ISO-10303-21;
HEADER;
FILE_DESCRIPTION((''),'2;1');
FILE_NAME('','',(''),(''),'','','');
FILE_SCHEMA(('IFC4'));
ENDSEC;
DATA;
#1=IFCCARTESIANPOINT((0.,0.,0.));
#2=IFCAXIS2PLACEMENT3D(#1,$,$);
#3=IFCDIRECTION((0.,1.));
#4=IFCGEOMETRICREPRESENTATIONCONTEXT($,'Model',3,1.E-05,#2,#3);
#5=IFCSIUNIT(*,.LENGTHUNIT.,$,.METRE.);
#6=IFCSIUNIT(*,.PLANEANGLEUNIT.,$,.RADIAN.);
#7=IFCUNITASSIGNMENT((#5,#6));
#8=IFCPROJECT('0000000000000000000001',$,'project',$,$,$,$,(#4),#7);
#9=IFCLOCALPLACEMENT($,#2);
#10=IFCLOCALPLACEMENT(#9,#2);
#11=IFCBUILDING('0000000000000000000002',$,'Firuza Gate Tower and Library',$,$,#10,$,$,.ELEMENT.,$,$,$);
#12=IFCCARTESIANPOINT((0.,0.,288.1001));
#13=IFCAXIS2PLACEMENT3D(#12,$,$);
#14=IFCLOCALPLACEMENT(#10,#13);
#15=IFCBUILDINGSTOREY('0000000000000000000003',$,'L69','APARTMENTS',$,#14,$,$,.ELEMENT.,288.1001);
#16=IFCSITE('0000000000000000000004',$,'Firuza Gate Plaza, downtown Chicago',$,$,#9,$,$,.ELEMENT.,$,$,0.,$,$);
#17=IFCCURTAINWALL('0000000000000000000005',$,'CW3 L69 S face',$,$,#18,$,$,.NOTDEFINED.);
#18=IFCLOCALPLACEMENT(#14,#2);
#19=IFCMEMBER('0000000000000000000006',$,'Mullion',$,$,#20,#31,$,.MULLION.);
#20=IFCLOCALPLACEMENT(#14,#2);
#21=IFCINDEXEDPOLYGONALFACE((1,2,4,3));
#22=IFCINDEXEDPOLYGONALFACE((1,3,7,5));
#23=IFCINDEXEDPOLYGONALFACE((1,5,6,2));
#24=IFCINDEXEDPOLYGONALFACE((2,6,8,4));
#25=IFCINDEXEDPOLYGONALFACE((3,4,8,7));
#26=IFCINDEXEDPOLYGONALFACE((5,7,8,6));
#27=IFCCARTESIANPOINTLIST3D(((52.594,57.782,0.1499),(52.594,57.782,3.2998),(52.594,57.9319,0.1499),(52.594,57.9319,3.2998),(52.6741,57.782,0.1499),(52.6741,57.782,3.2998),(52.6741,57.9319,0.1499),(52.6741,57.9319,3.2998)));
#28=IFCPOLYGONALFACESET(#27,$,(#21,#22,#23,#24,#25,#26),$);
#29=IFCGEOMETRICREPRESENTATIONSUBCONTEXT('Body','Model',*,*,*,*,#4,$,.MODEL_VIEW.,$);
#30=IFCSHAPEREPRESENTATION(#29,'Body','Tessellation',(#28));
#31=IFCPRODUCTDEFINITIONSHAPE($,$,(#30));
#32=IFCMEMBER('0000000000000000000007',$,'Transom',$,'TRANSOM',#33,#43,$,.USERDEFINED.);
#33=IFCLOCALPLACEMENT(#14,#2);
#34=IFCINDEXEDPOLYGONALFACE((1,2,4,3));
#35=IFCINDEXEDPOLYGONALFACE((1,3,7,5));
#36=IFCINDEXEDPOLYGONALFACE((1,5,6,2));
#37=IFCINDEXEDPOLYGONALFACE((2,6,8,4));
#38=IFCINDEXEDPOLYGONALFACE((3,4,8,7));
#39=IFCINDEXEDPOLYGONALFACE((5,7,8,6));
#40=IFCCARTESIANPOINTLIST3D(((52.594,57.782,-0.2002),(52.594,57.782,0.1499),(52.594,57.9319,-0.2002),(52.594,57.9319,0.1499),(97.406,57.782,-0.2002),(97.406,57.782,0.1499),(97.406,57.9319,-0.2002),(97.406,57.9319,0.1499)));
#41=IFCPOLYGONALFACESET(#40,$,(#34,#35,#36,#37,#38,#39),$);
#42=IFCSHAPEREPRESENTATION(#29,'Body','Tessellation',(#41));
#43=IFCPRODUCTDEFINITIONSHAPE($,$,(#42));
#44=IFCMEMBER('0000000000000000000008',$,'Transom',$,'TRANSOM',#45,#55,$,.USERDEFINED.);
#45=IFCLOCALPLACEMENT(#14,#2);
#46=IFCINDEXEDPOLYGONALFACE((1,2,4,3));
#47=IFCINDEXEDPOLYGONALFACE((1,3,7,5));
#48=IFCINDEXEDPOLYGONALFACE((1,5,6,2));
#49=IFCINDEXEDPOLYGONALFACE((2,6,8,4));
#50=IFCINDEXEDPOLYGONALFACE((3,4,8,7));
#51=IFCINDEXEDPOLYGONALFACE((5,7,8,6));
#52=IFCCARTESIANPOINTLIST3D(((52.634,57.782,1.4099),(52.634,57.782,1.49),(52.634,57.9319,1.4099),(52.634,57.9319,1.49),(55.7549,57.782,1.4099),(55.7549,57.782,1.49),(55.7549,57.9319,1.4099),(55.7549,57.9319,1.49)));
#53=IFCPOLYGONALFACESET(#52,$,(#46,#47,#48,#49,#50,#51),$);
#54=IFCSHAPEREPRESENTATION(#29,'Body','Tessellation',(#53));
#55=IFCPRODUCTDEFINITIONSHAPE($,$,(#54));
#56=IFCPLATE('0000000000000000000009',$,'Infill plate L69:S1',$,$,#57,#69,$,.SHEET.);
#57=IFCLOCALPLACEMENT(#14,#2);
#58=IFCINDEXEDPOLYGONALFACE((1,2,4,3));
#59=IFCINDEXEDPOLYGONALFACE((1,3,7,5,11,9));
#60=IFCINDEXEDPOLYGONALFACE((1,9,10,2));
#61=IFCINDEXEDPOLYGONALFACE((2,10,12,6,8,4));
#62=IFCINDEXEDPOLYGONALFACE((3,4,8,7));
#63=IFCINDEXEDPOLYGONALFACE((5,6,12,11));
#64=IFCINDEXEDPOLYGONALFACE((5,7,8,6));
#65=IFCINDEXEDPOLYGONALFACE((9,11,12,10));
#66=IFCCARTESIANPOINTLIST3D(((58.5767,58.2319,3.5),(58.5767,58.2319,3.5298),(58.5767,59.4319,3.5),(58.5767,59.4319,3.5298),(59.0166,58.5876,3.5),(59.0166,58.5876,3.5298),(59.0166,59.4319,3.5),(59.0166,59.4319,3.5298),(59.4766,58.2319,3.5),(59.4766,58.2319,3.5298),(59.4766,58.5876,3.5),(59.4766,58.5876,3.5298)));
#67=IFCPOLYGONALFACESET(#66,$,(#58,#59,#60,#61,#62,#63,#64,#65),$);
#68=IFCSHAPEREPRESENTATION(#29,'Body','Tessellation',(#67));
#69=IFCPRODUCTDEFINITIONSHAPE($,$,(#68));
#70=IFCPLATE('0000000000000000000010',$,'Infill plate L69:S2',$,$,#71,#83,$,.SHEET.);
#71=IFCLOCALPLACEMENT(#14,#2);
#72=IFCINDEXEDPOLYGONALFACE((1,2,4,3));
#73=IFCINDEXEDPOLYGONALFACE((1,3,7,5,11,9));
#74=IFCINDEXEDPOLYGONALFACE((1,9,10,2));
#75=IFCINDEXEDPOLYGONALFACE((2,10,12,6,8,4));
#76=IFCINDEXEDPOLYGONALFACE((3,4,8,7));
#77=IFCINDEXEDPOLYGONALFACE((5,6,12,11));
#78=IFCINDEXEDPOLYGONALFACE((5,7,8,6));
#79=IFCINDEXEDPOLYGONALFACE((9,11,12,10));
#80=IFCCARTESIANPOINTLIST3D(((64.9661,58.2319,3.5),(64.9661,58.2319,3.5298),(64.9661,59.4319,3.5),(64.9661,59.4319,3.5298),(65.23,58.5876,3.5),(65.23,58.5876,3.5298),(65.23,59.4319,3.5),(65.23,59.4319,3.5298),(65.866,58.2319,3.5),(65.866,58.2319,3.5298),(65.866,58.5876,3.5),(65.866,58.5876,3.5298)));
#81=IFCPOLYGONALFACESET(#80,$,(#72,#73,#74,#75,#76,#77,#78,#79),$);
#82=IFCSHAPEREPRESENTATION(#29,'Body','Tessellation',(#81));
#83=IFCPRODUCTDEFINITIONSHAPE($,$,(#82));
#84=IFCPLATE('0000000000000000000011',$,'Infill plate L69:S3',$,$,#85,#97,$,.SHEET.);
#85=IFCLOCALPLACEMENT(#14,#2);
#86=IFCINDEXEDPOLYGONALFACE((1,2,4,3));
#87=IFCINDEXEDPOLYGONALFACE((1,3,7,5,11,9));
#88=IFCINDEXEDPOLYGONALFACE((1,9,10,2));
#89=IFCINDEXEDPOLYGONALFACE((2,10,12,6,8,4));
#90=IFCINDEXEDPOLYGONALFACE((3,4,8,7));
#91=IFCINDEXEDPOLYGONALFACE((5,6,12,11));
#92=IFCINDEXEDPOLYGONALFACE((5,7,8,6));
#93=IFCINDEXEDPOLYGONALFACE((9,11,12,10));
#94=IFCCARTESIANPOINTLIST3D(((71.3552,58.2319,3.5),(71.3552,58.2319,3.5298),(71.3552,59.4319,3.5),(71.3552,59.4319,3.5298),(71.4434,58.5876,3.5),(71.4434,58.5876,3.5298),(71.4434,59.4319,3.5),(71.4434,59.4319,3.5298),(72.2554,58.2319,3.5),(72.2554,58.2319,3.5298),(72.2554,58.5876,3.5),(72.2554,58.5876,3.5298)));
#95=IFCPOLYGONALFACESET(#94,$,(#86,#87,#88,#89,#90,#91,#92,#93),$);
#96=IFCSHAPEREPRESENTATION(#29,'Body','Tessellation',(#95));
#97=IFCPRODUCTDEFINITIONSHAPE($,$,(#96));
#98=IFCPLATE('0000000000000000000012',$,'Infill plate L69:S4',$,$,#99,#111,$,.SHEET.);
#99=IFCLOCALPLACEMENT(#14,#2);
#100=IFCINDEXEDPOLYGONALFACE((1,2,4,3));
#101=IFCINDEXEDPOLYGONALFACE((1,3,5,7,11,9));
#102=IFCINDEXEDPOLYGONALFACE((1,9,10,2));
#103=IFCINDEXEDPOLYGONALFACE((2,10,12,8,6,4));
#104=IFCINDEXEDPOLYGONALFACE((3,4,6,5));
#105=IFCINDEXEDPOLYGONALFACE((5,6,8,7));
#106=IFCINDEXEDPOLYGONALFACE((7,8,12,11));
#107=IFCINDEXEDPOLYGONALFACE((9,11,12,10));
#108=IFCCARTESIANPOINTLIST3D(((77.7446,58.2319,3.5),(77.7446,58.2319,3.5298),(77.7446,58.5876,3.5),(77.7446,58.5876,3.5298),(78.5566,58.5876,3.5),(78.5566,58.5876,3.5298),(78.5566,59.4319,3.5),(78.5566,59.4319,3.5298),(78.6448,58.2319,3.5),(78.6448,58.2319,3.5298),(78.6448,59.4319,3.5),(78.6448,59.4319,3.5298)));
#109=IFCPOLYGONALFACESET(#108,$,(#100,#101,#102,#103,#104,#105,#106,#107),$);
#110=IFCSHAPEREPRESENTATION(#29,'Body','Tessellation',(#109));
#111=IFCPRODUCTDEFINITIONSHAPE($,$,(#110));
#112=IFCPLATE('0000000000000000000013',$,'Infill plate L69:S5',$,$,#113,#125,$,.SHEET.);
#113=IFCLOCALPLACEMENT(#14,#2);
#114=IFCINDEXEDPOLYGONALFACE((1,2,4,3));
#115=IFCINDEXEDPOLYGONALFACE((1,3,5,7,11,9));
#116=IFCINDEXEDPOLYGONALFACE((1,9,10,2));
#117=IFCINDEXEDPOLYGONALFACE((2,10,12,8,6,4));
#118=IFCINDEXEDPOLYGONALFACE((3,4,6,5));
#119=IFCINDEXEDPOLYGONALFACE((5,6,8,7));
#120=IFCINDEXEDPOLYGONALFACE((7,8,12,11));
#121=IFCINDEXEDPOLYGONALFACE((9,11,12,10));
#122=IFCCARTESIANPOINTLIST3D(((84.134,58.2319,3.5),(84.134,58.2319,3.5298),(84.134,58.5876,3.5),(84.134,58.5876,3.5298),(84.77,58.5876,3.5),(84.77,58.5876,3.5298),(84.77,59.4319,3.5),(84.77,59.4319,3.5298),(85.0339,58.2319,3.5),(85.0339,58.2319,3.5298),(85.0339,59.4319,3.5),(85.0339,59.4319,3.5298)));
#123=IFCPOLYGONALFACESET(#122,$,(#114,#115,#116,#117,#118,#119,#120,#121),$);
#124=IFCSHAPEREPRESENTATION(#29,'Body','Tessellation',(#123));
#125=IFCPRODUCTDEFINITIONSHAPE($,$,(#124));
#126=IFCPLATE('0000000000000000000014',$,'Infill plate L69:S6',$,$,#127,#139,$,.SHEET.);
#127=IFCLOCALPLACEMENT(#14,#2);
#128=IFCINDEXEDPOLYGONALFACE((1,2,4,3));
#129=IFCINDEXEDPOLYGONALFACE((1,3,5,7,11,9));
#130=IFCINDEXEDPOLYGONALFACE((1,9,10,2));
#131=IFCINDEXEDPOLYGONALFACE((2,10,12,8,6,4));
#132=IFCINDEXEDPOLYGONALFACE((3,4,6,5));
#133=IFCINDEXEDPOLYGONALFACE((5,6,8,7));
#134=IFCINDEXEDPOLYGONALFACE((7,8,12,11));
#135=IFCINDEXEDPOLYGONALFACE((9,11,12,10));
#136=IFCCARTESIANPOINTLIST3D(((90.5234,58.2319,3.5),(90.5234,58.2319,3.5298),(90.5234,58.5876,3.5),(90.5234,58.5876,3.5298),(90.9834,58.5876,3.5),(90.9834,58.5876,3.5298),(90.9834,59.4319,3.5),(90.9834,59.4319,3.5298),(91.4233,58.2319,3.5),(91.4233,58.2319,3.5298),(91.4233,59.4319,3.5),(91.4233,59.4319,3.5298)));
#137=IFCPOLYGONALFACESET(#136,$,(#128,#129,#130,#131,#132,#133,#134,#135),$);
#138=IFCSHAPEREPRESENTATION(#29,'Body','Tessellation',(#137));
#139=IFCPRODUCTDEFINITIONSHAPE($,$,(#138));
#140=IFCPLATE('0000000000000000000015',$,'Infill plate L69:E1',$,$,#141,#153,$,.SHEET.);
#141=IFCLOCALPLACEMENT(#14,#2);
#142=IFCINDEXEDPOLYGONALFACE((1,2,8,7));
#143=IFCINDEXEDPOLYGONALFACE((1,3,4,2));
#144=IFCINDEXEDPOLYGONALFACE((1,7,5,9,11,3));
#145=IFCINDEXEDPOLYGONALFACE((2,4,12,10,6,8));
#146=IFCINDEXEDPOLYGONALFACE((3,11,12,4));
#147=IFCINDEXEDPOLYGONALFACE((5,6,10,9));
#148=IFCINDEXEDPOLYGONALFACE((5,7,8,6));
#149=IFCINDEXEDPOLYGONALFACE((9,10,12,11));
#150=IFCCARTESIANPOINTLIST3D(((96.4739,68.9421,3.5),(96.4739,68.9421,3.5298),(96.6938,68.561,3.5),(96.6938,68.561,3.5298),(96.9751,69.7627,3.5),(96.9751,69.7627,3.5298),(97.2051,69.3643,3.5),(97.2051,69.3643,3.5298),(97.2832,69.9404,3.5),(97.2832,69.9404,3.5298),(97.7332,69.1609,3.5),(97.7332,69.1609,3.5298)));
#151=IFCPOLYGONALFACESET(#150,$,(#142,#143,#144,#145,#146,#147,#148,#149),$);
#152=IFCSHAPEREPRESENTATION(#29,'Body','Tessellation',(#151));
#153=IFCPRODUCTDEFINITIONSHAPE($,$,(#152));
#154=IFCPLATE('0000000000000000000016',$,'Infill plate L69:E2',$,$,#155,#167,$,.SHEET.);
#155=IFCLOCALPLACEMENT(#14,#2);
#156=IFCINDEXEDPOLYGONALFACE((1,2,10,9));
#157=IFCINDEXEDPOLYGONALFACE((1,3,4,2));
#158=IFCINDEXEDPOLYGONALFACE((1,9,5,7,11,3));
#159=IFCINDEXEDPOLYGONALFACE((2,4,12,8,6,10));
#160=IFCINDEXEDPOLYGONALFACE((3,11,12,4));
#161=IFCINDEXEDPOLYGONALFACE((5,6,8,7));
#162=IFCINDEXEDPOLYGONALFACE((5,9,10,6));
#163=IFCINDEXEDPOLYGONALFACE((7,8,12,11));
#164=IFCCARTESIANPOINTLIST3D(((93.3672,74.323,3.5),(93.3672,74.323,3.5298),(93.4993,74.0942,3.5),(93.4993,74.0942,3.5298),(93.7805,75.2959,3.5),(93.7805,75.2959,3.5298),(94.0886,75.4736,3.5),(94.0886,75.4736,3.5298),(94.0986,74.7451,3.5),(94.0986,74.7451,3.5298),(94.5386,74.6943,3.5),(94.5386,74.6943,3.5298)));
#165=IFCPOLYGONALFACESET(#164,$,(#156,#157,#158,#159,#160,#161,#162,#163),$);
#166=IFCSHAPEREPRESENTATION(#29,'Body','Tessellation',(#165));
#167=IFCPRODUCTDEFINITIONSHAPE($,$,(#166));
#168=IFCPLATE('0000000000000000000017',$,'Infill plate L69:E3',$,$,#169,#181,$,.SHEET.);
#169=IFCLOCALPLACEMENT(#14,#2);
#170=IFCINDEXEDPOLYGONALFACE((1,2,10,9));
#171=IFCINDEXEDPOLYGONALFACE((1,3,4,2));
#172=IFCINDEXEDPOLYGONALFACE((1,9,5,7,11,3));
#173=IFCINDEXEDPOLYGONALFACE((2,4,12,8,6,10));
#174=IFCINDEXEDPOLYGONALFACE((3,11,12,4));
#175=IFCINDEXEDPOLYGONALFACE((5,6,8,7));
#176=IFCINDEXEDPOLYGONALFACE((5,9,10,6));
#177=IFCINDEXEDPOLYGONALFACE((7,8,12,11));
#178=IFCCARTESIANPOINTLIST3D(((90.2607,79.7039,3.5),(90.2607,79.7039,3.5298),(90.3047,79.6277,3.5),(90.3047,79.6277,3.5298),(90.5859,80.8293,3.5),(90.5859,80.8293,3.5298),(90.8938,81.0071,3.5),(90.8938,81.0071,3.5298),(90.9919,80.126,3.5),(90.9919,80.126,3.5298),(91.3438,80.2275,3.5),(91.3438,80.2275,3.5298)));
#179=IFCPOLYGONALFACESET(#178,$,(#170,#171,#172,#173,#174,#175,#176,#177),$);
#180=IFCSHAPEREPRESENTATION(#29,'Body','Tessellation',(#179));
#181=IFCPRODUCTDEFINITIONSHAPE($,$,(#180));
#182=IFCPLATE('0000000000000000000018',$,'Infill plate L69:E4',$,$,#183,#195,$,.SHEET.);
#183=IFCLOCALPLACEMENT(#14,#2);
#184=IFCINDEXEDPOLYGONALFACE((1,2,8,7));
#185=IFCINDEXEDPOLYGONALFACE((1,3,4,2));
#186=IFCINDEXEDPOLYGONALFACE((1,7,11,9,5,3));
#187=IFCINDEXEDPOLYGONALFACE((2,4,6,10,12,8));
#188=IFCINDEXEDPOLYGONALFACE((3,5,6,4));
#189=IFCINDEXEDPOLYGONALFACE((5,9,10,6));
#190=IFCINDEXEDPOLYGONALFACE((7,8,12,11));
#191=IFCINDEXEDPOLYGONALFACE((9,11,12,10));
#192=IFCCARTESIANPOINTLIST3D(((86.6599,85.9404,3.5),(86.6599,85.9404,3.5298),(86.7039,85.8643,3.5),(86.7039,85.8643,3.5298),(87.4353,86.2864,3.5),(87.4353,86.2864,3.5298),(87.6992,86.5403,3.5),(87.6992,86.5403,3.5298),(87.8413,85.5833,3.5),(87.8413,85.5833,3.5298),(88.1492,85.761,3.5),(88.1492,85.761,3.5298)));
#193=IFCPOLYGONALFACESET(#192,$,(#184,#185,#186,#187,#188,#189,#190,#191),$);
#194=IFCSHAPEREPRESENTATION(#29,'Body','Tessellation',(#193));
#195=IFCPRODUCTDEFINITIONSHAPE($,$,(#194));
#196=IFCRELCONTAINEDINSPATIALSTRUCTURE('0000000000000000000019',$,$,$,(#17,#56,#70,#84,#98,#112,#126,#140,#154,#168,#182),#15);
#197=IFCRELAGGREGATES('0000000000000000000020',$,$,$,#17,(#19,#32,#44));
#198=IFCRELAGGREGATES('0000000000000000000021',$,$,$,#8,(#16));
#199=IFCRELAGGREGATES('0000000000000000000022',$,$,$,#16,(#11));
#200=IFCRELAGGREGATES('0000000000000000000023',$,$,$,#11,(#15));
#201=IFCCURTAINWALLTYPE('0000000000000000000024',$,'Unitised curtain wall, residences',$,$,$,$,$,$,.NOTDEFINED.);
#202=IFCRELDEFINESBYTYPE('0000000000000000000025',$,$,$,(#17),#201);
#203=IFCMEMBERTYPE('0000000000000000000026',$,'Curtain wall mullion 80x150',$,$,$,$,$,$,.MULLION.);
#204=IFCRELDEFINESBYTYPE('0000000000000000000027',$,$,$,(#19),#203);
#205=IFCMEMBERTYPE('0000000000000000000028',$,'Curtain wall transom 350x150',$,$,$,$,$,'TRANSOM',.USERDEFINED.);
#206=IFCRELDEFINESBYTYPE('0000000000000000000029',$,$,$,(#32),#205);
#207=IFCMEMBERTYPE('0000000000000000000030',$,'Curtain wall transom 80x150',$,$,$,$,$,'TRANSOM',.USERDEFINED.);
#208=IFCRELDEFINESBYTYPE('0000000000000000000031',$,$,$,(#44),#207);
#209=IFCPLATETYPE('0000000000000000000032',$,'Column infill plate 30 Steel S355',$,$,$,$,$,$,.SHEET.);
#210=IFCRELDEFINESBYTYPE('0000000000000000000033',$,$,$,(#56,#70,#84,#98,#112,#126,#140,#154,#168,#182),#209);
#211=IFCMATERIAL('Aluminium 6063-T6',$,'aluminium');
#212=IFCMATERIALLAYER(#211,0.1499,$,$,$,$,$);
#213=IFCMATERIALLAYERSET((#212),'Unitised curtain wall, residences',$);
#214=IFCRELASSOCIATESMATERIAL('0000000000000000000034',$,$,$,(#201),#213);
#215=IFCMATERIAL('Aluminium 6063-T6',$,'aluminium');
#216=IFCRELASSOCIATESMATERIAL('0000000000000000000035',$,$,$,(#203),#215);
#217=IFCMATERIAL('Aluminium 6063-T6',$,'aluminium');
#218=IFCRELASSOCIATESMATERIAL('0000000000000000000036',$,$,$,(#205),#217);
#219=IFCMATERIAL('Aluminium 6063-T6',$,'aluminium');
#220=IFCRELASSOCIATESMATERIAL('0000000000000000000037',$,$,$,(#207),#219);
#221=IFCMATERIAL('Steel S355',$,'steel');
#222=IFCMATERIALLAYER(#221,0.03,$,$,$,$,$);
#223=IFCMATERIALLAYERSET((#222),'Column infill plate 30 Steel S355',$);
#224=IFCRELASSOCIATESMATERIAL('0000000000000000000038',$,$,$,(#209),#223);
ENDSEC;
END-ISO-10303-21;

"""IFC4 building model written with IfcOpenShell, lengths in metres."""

from ifc_helpers import new_model, si_unit, direction, frame, origin, origin_2d, place, context, subcontext, project, spatial, polyline, rectangle, outline, extrude, material, layer, layer_set, material_profile, profile_set, type_object, element, aggregate, save


model = new_model("IFC4")

# Units and contexts
model_context = context("Model", 3, precision=1e-05, world=origin(), true_north=direction((0.0, 1.0)))
body_context = subcontext(model_context, "Body", "Model", "MODEL_VIEW")
ifc_project = project(units=[si_unit("LENGTHUNIT", "METRE"), si_unit("PLANEANGLEUNIT", "RADIAN")], contexts=[model_context])

# Site, building, storey
site_placement = place(None, origin())
site = spatial("IfcSite", under=ifc_project, at=site_placement, Name="Firuza Gate Plaza, downtown Chicago", CompositionType="ELEMENT", RefElevation=0.0)
building_placement = place(site_placement, origin())
building = spatial("IfcBuilding", under=site, at=building_placement, Name="Firuza Gate Tower and Library", CompositionType="ELEMENT")
storey_placement = place(building_placement, frame((0.0, 0.0, 288.1001)))
storey = spatial("IfcBuildingStorey", under=building, at=storey_placement, Name="L69", Description="APARTMENTS", CompositionType="ELEMENT", Elevation=288.1001)

# Curtain wall, members
ifc_material_1 = material(Name="Aluminium 6063-T6", Category="aluminium")
ifc_layer_1 = layer(ifc_material_1, 0.1499)
ifc_layer_set_1 = layer_set([ifc_layer_1], Name="Unitised curtain wall, residences")
curtain_wall_type = type_object("IfcCurtainWallType", Name="Unitised curtain wall, residences", PredefinedType="NOTDEFINED", material=ifc_layer_set_1)
placement_1 = place(storey_placement, origin())
curtain_wall = element("IfcCurtainWall", 1, at=placement_1, inside=storey, type_object=curtain_wall_type, Name="CW3 L69 S face", PredefinedType="NOTDEFINED")
ifc_material_2 = material(Name="Aluminium 6063-T6", Category="aluminium")
ifc_material_profile_1 = material_profile(ifc_material_2, rectangle(XDim=0.1499, YDim=0.0801, at=origin_2d()))
ifc_profile_set_1 = profile_set([ifc_material_profile_1], Name="Aluminium 6063-T6")
member_type_1 = type_object("IfcMemberType", Name="Curtain wall mullion 80x150", PredefinedType="MULLION", material=ifc_profile_set_1)
member_1_placement = place(storey_placement, frame((52.634, 57.8569, 0.1499), z_axis=(0.0, 0.0, 1.0), x_axis=(0.0, 1.0, 0.0)))
member_1 = element("IfcMember", 2, at=member_1_placement, type_object=member_type_1, Name="Mullion", PredefinedType="MULLION", context=body_context, shape_type="SweptSolid", body=[
    extrude(rectangle(XDim=0.1499, YDim=0.0801, at=origin_2d()), origin(), (0.0, 0.0, 1.0), 3.1499),
])
ifc_material_3 = material(Name="Aluminium 6063-T6", Category="aluminium")
ifc_material_profile_2 = material_profile(ifc_material_3, rectangle(XDim=0.1499, YDim=0.3501, at=origin_2d()))
ifc_profile_set_2 = profile_set([ifc_material_profile_2], Name="Aluminium 6063-T6")
member_type_2 = type_object("IfcMemberType", Name="Curtain wall transom 350x150", ElementType="TRANSOM", PredefinedType="USERDEFINED", material=ifc_profile_set_2)
member_2_placement = place(storey_placement, frame((52.594, 57.8569, -0.0251), z_axis=(1.0, 0.0, 0.0), x_axis=(0.0, 1.0, 0.0)))
member_2 = element("IfcMember", 3, at=member_2_placement, type_object=member_type_2, Name="Transom", ObjectType="TRANSOM", PredefinedType="USERDEFINED", context=body_context, shape_type="SweptSolid", body=[
    extrude(rectangle(XDim=0.1499, YDim=0.3501, at=origin_2d()), origin(), (0.0, 0.0, 1.0), 44.812),
])
ifc_material_4 = material(Name="Aluminium 6063-T6", Category="aluminium")
ifc_material_profile_3 = material_profile(ifc_material_4, rectangle(XDim=0.1499, YDim=0.0801, at=origin_2d()))
ifc_profile_set_3 = profile_set([ifc_material_profile_3], Name="Aluminium 6063-T6")
member_type_3 = type_object("IfcMemberType", Name="Curtain wall transom 80x150", ElementType="TRANSOM", PredefinedType="USERDEFINED", material=ifc_profile_set_3)
member_3_placement = place(storey_placement, frame((52.634, 57.8569, 1.45), z_axis=(1.0, 0.0, 0.0), x_axis=(0.0, 1.0, 0.0)))
member_3 = element("IfcMember", 4, at=member_3_placement, type_object=member_type_3, Name="Transom", ObjectType="TRANSOM", PredefinedType="USERDEFINED", context=body_context, shape_type="SweptSolid", body=[
    extrude(rectangle(XDim=0.1499, YDim=0.0801, at=origin_2d()), origin(), (0.0, 0.0, 1.0), 3.1208),
])

# Plates
ifc_material_5 = material(Name="Steel S355", Category="steel")
ifc_layer_2 = layer(ifc_material_5, 0.03)
ifc_layer_set_2 = layer_set([ifc_layer_2], Name="Column infill plate 30 Steel S355")
plate_type_1 = type_object("IfcPlateType", Name="Column infill plate 30 Steel S355", PredefinedType="SHEET", material=ifc_layer_set_2)
placement_2 = place(storey_placement, frame((0.0, 0.0, 3.5)))
element("IfcPlate", 5, at=placement_2, inside=storey, type_object=plate_type_1, Name="Infill plate L69:S1", PredefinedType="SHEET", context=body_context, shape_type="SweptSolid", body=[
    extrude(outline(polyline([(59.4766, 58.2319), (59.4766, 58.5876), (59.0166, 58.5876), (59.0166, 59.4319), (58.5767, 59.4319), (58.5767, 58.2319), (59.4766, 58.2319)])), origin(), (0.0, 0.0, 1.0), 0.0298),
])
element("IfcPlate", 6, at=placement_2, inside=storey, type_object=plate_type_1, Name="Infill plate L69:S2", PredefinedType="SHEET", context=body_context, shape_type="SweptSolid", body=[
    extrude(outline(polyline([(65.866, 58.2319), (65.866, 58.5876), (65.23, 58.5876), (65.23, 59.4319), (64.9661, 59.4319), (64.9661, 58.2319), (65.866, 58.2319)])), origin(), (0.0, 0.0, 1.0), 0.0298),
])
element("IfcPlate", 7, at=placement_2, inside=storey, type_object=plate_type_1, Name="Infill plate L69:S3", PredefinedType="SHEET", context=body_context, shape_type="SweptSolid", body=[
    extrude(outline(polyline([(72.2554, 58.2319), (72.2554, 58.5876), (71.4434, 58.5876), (71.4434, 59.4319), (71.3552, 59.4319), (71.3552, 58.2319), (72.2554, 58.2319)])), origin(), (0.0, 0.0, 1.0), 0.0298),
])
element("IfcPlate", 8, at=placement_2, inside=storey, type_object=plate_type_1, Name="Infill plate L69:S4", PredefinedType="SHEET", context=body_context, shape_type="SweptSolid", body=[
    extrude(outline(polyline([(78.6448, 59.4319), (78.5566, 59.4319), (78.5566, 58.5876), (77.7446, 58.5876), (77.7446, 58.2319), (78.6448, 58.2319), (78.6448, 59.4319)])), origin(), (0.0, 0.0, 1.0), 0.0298),
])
element("IfcPlate", 9, at=placement_2, inside=storey, type_object=plate_type_1, Name="Infill plate L69:S5", PredefinedType="SHEET", context=body_context, shape_type="SweptSolid", body=[
    extrude(outline(polyline([(85.0339, 59.4319), (84.77, 59.4319), (84.77, 58.5876), (84.134, 58.5876), (84.134, 58.2319), (85.0339, 58.2319), (85.0339, 59.4319)])), origin(), (0.0, 0.0, 1.0), 0.0298),
])
element("IfcPlate", 10, at=placement_2, inside=storey, type_object=plate_type_1, Name="Infill plate L69:S6", PredefinedType="SHEET", context=body_context, shape_type="SweptSolid", body=[
    extrude(outline(polyline([(91.4233, 59.4319), (90.9834, 59.4319), (90.9834, 58.5876), (90.5234, 58.5876), (90.5234, 58.2319), (91.4233, 58.2319), (91.4233, 59.4319)])), origin(), (0.0, 0.0, 1.0), 0.0298),
])
element("IfcPlate", 11, at=placement_2, inside=storey, type_object=plate_type_1, Name="Infill plate L69:E1", PredefinedType="SHEET", context=body_context, shape_type="SweptSolid", body=[
    extrude(outline(polyline([(97.2832, 69.9404), (96.9751, 69.7627), (97.2051, 69.3643), (96.4739, 68.9421), (96.6938, 68.561), (97.7332, 69.1609), (97.2832, 69.9404)])), origin(), (0.0, 0.0, 1.0), 0.0298),
])
element("IfcPlate", 12, at=placement_2, inside=storey, type_object=plate_type_1, Name="Infill plate L69:E2", PredefinedType="SHEET", context=body_context, shape_type="SweptSolid", body=[
    extrude(outline(polyline([(94.0886, 75.4736), (93.7805, 75.2959), (94.0986, 74.7451), (93.3672, 74.323), (93.4993, 74.0942), (94.5386, 74.6943), (94.0886, 75.4736)])), origin(), (0.0, 0.0, 1.0), 0.0298),
])
element("IfcPlate", 13, at=placement_2, inside=storey, type_object=plate_type_1, Name="Infill plate L69:E3", PredefinedType="SHEET", context=body_context, shape_type="SweptSolid", body=[
    extrude(outline(polyline([(90.8938, 81.0071), (90.5859, 80.8293), (90.9919, 80.126), (90.2607, 79.7039), (90.3047, 79.6277), (91.3438, 80.2275), (90.8938, 81.0071)])), origin(), (0.0, 0.0, 1.0), 0.0298),
])
element("IfcPlate", 14, at=placement_2, inside=storey, type_object=plate_type_1, Name="Infill plate L69:E4", PredefinedType="SHEET", context=body_context, shape_type="SweptSolid", body=[
    extrude(outline(polyline([(86.6599, 85.9404), (86.7039, 85.8643), (87.4353, 86.2864), (87.8413, 85.5833), (88.1492, 85.761), (87.6992, 86.5403), (86.6599, 85.9404)])), origin(), (0.0, 0.0, 1.0), 0.0298),
])

aggregate(curtain_wall, [member_1, member_2, member_3])

save(model, "model.ifc")
